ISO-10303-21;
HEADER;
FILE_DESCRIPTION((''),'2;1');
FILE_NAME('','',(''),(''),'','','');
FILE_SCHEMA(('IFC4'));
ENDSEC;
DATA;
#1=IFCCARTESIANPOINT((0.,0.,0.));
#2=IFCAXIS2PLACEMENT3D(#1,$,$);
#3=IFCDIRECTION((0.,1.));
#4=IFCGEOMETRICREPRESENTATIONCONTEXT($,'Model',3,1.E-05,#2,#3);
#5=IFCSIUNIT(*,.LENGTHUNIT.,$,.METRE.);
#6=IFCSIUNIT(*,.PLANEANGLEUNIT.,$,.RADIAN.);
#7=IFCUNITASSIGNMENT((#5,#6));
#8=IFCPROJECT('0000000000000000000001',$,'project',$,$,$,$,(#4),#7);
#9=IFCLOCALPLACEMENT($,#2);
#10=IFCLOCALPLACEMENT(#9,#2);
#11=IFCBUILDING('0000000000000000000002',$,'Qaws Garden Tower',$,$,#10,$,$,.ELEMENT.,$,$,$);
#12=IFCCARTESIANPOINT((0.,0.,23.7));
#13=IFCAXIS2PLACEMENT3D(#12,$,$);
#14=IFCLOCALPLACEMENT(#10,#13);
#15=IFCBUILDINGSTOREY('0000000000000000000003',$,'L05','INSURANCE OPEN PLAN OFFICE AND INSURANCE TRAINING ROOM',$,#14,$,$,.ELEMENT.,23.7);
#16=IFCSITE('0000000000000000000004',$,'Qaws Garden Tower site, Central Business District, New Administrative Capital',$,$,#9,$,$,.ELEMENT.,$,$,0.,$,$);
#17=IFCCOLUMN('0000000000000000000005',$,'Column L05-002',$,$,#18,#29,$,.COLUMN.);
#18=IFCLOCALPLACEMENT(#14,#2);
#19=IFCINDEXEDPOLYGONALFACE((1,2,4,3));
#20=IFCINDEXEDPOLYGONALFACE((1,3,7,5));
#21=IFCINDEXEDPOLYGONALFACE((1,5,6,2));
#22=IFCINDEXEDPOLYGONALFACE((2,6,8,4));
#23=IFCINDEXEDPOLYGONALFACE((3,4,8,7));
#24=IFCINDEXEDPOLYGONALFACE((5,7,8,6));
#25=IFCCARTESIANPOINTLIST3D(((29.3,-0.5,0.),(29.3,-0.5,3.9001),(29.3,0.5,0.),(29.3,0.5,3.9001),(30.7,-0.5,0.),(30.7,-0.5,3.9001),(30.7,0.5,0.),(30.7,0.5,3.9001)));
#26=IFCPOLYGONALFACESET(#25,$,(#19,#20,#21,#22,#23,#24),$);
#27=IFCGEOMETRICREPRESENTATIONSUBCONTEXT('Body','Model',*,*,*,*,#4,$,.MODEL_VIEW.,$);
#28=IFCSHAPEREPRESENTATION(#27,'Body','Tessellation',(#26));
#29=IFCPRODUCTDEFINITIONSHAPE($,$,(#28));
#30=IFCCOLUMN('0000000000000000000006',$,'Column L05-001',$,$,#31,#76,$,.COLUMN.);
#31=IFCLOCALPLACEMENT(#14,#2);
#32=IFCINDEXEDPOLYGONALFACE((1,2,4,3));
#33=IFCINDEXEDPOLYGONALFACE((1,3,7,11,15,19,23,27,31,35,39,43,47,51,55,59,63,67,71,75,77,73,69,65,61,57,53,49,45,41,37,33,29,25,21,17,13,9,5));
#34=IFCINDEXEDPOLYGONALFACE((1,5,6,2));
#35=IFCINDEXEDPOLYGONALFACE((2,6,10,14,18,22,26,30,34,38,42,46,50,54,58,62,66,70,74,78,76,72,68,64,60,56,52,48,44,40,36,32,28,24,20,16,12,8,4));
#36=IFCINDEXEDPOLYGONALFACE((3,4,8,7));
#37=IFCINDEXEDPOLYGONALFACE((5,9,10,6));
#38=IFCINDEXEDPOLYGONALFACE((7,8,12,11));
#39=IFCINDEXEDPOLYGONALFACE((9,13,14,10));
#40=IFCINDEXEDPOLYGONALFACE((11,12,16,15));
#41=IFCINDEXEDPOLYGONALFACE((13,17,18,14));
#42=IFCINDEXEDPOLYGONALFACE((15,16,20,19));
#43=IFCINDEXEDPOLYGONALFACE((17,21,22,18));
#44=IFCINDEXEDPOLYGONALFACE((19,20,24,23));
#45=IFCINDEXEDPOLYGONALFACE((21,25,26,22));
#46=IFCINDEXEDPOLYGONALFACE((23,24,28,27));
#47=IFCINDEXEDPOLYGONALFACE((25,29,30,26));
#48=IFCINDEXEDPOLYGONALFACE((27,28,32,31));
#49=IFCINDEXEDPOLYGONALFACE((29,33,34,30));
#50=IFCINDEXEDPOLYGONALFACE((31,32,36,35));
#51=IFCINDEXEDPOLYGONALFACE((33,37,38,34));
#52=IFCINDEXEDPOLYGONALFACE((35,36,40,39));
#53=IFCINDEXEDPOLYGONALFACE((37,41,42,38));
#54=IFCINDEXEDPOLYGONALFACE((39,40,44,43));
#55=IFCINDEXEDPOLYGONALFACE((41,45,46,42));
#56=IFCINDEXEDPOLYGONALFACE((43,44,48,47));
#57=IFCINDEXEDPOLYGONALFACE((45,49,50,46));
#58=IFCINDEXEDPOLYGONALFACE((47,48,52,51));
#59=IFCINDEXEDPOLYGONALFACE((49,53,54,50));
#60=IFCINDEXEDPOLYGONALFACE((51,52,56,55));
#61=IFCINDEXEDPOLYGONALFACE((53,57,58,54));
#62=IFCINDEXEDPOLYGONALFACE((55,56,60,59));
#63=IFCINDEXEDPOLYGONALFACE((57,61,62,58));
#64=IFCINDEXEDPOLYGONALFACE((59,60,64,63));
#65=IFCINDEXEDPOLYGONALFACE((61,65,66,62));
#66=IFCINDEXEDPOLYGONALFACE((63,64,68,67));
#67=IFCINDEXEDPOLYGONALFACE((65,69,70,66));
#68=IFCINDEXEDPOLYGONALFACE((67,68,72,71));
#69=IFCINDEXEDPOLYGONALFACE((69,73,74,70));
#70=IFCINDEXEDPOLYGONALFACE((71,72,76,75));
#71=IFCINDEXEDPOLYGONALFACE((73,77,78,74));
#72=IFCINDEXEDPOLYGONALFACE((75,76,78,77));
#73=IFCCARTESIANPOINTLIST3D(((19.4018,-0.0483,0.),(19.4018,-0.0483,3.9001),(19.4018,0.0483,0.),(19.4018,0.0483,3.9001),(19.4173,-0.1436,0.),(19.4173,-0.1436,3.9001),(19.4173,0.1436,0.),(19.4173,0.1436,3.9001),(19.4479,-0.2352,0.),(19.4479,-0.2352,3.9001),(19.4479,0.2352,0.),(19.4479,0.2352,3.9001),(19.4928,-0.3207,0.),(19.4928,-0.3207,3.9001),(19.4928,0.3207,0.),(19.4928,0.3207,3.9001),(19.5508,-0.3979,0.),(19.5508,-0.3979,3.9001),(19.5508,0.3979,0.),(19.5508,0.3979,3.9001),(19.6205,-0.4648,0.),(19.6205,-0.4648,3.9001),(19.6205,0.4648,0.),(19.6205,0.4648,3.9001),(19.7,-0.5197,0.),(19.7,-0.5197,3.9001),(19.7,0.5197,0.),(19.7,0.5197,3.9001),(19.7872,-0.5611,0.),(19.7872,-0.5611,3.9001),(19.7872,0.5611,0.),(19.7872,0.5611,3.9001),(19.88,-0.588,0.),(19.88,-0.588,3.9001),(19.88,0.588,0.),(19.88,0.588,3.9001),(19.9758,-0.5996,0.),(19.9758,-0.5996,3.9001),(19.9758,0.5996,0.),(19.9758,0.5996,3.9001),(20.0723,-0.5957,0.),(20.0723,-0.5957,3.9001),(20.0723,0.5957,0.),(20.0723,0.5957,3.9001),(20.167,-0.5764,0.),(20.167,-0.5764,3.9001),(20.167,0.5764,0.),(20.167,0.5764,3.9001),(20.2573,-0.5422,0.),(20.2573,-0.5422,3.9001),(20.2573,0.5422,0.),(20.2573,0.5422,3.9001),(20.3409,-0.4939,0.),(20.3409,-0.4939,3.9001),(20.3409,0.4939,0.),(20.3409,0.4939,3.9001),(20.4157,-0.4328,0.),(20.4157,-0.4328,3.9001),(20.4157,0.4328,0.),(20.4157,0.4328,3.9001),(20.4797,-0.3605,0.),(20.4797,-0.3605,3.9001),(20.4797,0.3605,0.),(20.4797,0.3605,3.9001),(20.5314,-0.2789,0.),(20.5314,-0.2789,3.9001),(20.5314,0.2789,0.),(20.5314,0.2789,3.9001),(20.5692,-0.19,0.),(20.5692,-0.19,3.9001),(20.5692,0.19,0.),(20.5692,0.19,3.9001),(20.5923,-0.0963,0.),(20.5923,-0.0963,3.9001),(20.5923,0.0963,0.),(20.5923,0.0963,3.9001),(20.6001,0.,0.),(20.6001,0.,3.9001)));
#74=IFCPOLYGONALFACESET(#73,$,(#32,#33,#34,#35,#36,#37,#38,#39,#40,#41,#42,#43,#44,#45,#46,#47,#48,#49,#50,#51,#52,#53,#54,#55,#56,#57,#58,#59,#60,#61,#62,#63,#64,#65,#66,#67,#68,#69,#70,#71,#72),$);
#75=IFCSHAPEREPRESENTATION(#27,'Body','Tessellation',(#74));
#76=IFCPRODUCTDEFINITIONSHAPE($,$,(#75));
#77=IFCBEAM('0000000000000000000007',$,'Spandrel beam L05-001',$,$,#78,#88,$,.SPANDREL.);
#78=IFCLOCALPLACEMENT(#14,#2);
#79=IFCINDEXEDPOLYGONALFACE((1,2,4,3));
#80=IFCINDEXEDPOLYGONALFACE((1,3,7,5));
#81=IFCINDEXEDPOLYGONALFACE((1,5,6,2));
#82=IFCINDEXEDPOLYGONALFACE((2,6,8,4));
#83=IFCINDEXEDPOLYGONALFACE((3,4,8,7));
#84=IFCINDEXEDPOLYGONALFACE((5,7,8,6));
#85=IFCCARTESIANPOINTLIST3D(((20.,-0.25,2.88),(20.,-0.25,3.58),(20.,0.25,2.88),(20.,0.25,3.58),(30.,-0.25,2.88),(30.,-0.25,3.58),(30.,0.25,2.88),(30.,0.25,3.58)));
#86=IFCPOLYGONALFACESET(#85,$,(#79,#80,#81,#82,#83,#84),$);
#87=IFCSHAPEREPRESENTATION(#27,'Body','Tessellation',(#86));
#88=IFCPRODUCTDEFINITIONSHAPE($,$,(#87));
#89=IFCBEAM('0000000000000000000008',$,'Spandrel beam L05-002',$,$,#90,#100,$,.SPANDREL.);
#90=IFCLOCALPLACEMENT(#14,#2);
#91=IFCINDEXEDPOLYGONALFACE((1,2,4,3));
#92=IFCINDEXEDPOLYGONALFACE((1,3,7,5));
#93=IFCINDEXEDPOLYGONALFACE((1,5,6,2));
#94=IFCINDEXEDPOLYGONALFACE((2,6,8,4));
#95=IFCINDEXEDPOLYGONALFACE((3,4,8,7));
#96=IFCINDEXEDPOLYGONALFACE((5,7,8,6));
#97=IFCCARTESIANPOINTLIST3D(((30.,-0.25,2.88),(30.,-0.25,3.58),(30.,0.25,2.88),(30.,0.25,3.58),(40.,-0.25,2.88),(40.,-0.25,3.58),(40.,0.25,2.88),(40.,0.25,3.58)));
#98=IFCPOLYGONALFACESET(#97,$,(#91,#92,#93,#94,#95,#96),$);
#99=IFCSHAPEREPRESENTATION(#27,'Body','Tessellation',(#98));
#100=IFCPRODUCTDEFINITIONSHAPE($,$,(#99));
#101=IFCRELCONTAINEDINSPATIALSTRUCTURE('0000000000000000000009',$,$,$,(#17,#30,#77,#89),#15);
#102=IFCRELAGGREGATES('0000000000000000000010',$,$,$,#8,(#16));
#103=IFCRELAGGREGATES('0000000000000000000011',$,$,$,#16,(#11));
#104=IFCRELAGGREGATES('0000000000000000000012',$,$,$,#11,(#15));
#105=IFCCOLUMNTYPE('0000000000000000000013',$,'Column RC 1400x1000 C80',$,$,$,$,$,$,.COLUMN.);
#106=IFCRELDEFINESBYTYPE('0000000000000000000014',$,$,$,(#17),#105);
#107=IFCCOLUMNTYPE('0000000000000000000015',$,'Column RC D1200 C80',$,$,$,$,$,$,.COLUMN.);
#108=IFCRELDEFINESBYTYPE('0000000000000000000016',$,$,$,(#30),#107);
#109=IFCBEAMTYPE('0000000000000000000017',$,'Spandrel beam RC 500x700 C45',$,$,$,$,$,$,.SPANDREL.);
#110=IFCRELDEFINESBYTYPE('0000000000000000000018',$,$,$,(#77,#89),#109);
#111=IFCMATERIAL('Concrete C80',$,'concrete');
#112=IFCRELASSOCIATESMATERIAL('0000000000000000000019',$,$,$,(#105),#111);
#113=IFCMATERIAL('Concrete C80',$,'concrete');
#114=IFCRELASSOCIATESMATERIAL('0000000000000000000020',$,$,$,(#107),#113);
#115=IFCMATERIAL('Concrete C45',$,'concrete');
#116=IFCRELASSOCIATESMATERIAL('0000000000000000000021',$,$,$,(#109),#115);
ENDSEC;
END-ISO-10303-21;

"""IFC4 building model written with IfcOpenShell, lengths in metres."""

from ifc_helpers import new_model, si_unit, direction, frame, origin, origin_2d, place, context, subcontext, project, spatial, rectangle, circle, extrude, material, material_profile, profile_set, type_object, element, save


model = new_model("IFC4")

# Units and contexts
model_context = context("Model", 3, precision=1e-05, world=origin(), true_north=direction((0.0, 1.0)))
body_context = subcontext(model_context, "Body", "Model", "MODEL_VIEW")
ifc_project = project(units=[si_unit("LENGTHUNIT", "METRE"), si_unit("PLANEANGLEUNIT", "RADIAN")], contexts=[model_context])

# Site, building, storey
site_placement = place(None, origin())
site = spatial("IfcSite", under=ifc_project, at=site_placement, Name="Qaws Garden Tower site, Central Business District, New Administrative Capital", CompositionType="ELEMENT", RefElevation=0.0)
building_placement = place(site_placement, origin())
building = spatial("IfcBuilding", under=site, at=building_placement, Name="Qaws Garden Tower", CompositionType="ELEMENT")
storey_placement = place(building_placement, frame((0.0, 0.0, 23.7)))
storey = spatial("IfcBuildingStorey", under=building, at=storey_placement, Name="L05", Description="INSURANCE OPEN PLAN OFFICE AND INSURANCE TRAINING ROOM", CompositionType="ELEMENT", Elevation=23.7)

# Columns
ifc_material_1 = material(Name="Concrete C80", Category="concrete")
ifc_material_profile_1 = material_profile(ifc_material_1, rectangle(XDim=1.3999, YDim=1.0, at=origin_2d()), Name="RC 1400x1000")
ifc_profile_set_1 = profile_set([ifc_material_profile_1], Name="Concrete C80")
column_type_1 = type_object("IfcColumnType", Name="Column RC 1400x1000 C80", PredefinedType="COLUMN", material=ifc_profile_set_1)
column_1_placement = place(storey_placement, frame((30.0, 0.0, 0.0), z_axis=(0.0, 0.0, 1.0), x_axis=(1.0, 0.0, 0.0)))
element("IfcColumn", 1, at=column_1_placement, inside=storey, type_object=column_type_1, Name="Column L05-002", PredefinedType="COLUMN", context=body_context, shape_type="SweptSolid", body=[
    extrude(rectangle(XDim=1.3999, YDim=1.0, at=origin_2d()), origin(), (0.0, 0.0, 1.0), 3.9001),
])
ifc_material_2 = material(Name="Concrete C80", Category="concrete")
ifc_material_profile_2 = material_profile(ifc_material_2, circle(Radius=0.6001, at=origin_2d()), Name="RC D1200")
ifc_profile_set_2 = profile_set([ifc_material_profile_2], Name="Concrete C80")
column_type_2 = type_object("IfcColumnType", Name="Column RC D1200 C80", PredefinedType="COLUMN", material=ifc_profile_set_2)
column_2_placement = place(storey_placement, frame((20.0, 0.0, 0.0), z_axis=(0.0, 0.0, 1.0), x_axis=(1.0, 0.0, 0.0)))
element("IfcColumn", 2, at=column_2_placement, inside=storey, type_object=column_type_2, Name="Column L05-001", PredefinedType="COLUMN", context=body_context, shape_type="SweptSolid", body=[
    extrude(circle(Radius=0.6001, at=origin_2d()), origin(), (0.0, 0.0, 1.0), 3.9001),
])

# Beams
ifc_material_3 = material(Name="Concrete C45", Category="concrete")
ifc_material_profile_3 = material_profile(ifc_material_3, rectangle(XDim=0.5, YDim=0.7, at=origin_2d()), Name="RC 500x700")
ifc_profile_set_3 = profile_set([ifc_material_profile_3], Name="Concrete C45")
beam_type = type_object("IfcBeamType", Name="Spandrel beam RC 500x700 C45", PredefinedType="SPANDREL", material=ifc_profile_set_3)
for number, where, z_axis, x_axis, name in (
    (3, (20.0, 0.0, 3.23), (1.0, 0.0, 0.0), (0.0, 1.0, 0.0), "Spandrel beam L05-001"),
    (4, (30.0, 0.0, 3.23), (1.0, 0.0, 0.0), (0.0, 1.0, 0.0), "Spandrel beam L05-002"),
):
    element("IfcBeam", number, at=place(storey_placement, frame(where, z_axis=z_axis, x_axis=x_axis)), inside=storey, type_object=beam_type, Name=name, PredefinedType="SPANDREL", context=body_context, shape_type="SweptSolid", body=[
        extrude(rectangle(XDim=0.5, YDim=0.7, at=origin_2d()), origin(), (0.0, 0.0, 1.0), 10.0),
    ])

save(model, "model.ifc")
